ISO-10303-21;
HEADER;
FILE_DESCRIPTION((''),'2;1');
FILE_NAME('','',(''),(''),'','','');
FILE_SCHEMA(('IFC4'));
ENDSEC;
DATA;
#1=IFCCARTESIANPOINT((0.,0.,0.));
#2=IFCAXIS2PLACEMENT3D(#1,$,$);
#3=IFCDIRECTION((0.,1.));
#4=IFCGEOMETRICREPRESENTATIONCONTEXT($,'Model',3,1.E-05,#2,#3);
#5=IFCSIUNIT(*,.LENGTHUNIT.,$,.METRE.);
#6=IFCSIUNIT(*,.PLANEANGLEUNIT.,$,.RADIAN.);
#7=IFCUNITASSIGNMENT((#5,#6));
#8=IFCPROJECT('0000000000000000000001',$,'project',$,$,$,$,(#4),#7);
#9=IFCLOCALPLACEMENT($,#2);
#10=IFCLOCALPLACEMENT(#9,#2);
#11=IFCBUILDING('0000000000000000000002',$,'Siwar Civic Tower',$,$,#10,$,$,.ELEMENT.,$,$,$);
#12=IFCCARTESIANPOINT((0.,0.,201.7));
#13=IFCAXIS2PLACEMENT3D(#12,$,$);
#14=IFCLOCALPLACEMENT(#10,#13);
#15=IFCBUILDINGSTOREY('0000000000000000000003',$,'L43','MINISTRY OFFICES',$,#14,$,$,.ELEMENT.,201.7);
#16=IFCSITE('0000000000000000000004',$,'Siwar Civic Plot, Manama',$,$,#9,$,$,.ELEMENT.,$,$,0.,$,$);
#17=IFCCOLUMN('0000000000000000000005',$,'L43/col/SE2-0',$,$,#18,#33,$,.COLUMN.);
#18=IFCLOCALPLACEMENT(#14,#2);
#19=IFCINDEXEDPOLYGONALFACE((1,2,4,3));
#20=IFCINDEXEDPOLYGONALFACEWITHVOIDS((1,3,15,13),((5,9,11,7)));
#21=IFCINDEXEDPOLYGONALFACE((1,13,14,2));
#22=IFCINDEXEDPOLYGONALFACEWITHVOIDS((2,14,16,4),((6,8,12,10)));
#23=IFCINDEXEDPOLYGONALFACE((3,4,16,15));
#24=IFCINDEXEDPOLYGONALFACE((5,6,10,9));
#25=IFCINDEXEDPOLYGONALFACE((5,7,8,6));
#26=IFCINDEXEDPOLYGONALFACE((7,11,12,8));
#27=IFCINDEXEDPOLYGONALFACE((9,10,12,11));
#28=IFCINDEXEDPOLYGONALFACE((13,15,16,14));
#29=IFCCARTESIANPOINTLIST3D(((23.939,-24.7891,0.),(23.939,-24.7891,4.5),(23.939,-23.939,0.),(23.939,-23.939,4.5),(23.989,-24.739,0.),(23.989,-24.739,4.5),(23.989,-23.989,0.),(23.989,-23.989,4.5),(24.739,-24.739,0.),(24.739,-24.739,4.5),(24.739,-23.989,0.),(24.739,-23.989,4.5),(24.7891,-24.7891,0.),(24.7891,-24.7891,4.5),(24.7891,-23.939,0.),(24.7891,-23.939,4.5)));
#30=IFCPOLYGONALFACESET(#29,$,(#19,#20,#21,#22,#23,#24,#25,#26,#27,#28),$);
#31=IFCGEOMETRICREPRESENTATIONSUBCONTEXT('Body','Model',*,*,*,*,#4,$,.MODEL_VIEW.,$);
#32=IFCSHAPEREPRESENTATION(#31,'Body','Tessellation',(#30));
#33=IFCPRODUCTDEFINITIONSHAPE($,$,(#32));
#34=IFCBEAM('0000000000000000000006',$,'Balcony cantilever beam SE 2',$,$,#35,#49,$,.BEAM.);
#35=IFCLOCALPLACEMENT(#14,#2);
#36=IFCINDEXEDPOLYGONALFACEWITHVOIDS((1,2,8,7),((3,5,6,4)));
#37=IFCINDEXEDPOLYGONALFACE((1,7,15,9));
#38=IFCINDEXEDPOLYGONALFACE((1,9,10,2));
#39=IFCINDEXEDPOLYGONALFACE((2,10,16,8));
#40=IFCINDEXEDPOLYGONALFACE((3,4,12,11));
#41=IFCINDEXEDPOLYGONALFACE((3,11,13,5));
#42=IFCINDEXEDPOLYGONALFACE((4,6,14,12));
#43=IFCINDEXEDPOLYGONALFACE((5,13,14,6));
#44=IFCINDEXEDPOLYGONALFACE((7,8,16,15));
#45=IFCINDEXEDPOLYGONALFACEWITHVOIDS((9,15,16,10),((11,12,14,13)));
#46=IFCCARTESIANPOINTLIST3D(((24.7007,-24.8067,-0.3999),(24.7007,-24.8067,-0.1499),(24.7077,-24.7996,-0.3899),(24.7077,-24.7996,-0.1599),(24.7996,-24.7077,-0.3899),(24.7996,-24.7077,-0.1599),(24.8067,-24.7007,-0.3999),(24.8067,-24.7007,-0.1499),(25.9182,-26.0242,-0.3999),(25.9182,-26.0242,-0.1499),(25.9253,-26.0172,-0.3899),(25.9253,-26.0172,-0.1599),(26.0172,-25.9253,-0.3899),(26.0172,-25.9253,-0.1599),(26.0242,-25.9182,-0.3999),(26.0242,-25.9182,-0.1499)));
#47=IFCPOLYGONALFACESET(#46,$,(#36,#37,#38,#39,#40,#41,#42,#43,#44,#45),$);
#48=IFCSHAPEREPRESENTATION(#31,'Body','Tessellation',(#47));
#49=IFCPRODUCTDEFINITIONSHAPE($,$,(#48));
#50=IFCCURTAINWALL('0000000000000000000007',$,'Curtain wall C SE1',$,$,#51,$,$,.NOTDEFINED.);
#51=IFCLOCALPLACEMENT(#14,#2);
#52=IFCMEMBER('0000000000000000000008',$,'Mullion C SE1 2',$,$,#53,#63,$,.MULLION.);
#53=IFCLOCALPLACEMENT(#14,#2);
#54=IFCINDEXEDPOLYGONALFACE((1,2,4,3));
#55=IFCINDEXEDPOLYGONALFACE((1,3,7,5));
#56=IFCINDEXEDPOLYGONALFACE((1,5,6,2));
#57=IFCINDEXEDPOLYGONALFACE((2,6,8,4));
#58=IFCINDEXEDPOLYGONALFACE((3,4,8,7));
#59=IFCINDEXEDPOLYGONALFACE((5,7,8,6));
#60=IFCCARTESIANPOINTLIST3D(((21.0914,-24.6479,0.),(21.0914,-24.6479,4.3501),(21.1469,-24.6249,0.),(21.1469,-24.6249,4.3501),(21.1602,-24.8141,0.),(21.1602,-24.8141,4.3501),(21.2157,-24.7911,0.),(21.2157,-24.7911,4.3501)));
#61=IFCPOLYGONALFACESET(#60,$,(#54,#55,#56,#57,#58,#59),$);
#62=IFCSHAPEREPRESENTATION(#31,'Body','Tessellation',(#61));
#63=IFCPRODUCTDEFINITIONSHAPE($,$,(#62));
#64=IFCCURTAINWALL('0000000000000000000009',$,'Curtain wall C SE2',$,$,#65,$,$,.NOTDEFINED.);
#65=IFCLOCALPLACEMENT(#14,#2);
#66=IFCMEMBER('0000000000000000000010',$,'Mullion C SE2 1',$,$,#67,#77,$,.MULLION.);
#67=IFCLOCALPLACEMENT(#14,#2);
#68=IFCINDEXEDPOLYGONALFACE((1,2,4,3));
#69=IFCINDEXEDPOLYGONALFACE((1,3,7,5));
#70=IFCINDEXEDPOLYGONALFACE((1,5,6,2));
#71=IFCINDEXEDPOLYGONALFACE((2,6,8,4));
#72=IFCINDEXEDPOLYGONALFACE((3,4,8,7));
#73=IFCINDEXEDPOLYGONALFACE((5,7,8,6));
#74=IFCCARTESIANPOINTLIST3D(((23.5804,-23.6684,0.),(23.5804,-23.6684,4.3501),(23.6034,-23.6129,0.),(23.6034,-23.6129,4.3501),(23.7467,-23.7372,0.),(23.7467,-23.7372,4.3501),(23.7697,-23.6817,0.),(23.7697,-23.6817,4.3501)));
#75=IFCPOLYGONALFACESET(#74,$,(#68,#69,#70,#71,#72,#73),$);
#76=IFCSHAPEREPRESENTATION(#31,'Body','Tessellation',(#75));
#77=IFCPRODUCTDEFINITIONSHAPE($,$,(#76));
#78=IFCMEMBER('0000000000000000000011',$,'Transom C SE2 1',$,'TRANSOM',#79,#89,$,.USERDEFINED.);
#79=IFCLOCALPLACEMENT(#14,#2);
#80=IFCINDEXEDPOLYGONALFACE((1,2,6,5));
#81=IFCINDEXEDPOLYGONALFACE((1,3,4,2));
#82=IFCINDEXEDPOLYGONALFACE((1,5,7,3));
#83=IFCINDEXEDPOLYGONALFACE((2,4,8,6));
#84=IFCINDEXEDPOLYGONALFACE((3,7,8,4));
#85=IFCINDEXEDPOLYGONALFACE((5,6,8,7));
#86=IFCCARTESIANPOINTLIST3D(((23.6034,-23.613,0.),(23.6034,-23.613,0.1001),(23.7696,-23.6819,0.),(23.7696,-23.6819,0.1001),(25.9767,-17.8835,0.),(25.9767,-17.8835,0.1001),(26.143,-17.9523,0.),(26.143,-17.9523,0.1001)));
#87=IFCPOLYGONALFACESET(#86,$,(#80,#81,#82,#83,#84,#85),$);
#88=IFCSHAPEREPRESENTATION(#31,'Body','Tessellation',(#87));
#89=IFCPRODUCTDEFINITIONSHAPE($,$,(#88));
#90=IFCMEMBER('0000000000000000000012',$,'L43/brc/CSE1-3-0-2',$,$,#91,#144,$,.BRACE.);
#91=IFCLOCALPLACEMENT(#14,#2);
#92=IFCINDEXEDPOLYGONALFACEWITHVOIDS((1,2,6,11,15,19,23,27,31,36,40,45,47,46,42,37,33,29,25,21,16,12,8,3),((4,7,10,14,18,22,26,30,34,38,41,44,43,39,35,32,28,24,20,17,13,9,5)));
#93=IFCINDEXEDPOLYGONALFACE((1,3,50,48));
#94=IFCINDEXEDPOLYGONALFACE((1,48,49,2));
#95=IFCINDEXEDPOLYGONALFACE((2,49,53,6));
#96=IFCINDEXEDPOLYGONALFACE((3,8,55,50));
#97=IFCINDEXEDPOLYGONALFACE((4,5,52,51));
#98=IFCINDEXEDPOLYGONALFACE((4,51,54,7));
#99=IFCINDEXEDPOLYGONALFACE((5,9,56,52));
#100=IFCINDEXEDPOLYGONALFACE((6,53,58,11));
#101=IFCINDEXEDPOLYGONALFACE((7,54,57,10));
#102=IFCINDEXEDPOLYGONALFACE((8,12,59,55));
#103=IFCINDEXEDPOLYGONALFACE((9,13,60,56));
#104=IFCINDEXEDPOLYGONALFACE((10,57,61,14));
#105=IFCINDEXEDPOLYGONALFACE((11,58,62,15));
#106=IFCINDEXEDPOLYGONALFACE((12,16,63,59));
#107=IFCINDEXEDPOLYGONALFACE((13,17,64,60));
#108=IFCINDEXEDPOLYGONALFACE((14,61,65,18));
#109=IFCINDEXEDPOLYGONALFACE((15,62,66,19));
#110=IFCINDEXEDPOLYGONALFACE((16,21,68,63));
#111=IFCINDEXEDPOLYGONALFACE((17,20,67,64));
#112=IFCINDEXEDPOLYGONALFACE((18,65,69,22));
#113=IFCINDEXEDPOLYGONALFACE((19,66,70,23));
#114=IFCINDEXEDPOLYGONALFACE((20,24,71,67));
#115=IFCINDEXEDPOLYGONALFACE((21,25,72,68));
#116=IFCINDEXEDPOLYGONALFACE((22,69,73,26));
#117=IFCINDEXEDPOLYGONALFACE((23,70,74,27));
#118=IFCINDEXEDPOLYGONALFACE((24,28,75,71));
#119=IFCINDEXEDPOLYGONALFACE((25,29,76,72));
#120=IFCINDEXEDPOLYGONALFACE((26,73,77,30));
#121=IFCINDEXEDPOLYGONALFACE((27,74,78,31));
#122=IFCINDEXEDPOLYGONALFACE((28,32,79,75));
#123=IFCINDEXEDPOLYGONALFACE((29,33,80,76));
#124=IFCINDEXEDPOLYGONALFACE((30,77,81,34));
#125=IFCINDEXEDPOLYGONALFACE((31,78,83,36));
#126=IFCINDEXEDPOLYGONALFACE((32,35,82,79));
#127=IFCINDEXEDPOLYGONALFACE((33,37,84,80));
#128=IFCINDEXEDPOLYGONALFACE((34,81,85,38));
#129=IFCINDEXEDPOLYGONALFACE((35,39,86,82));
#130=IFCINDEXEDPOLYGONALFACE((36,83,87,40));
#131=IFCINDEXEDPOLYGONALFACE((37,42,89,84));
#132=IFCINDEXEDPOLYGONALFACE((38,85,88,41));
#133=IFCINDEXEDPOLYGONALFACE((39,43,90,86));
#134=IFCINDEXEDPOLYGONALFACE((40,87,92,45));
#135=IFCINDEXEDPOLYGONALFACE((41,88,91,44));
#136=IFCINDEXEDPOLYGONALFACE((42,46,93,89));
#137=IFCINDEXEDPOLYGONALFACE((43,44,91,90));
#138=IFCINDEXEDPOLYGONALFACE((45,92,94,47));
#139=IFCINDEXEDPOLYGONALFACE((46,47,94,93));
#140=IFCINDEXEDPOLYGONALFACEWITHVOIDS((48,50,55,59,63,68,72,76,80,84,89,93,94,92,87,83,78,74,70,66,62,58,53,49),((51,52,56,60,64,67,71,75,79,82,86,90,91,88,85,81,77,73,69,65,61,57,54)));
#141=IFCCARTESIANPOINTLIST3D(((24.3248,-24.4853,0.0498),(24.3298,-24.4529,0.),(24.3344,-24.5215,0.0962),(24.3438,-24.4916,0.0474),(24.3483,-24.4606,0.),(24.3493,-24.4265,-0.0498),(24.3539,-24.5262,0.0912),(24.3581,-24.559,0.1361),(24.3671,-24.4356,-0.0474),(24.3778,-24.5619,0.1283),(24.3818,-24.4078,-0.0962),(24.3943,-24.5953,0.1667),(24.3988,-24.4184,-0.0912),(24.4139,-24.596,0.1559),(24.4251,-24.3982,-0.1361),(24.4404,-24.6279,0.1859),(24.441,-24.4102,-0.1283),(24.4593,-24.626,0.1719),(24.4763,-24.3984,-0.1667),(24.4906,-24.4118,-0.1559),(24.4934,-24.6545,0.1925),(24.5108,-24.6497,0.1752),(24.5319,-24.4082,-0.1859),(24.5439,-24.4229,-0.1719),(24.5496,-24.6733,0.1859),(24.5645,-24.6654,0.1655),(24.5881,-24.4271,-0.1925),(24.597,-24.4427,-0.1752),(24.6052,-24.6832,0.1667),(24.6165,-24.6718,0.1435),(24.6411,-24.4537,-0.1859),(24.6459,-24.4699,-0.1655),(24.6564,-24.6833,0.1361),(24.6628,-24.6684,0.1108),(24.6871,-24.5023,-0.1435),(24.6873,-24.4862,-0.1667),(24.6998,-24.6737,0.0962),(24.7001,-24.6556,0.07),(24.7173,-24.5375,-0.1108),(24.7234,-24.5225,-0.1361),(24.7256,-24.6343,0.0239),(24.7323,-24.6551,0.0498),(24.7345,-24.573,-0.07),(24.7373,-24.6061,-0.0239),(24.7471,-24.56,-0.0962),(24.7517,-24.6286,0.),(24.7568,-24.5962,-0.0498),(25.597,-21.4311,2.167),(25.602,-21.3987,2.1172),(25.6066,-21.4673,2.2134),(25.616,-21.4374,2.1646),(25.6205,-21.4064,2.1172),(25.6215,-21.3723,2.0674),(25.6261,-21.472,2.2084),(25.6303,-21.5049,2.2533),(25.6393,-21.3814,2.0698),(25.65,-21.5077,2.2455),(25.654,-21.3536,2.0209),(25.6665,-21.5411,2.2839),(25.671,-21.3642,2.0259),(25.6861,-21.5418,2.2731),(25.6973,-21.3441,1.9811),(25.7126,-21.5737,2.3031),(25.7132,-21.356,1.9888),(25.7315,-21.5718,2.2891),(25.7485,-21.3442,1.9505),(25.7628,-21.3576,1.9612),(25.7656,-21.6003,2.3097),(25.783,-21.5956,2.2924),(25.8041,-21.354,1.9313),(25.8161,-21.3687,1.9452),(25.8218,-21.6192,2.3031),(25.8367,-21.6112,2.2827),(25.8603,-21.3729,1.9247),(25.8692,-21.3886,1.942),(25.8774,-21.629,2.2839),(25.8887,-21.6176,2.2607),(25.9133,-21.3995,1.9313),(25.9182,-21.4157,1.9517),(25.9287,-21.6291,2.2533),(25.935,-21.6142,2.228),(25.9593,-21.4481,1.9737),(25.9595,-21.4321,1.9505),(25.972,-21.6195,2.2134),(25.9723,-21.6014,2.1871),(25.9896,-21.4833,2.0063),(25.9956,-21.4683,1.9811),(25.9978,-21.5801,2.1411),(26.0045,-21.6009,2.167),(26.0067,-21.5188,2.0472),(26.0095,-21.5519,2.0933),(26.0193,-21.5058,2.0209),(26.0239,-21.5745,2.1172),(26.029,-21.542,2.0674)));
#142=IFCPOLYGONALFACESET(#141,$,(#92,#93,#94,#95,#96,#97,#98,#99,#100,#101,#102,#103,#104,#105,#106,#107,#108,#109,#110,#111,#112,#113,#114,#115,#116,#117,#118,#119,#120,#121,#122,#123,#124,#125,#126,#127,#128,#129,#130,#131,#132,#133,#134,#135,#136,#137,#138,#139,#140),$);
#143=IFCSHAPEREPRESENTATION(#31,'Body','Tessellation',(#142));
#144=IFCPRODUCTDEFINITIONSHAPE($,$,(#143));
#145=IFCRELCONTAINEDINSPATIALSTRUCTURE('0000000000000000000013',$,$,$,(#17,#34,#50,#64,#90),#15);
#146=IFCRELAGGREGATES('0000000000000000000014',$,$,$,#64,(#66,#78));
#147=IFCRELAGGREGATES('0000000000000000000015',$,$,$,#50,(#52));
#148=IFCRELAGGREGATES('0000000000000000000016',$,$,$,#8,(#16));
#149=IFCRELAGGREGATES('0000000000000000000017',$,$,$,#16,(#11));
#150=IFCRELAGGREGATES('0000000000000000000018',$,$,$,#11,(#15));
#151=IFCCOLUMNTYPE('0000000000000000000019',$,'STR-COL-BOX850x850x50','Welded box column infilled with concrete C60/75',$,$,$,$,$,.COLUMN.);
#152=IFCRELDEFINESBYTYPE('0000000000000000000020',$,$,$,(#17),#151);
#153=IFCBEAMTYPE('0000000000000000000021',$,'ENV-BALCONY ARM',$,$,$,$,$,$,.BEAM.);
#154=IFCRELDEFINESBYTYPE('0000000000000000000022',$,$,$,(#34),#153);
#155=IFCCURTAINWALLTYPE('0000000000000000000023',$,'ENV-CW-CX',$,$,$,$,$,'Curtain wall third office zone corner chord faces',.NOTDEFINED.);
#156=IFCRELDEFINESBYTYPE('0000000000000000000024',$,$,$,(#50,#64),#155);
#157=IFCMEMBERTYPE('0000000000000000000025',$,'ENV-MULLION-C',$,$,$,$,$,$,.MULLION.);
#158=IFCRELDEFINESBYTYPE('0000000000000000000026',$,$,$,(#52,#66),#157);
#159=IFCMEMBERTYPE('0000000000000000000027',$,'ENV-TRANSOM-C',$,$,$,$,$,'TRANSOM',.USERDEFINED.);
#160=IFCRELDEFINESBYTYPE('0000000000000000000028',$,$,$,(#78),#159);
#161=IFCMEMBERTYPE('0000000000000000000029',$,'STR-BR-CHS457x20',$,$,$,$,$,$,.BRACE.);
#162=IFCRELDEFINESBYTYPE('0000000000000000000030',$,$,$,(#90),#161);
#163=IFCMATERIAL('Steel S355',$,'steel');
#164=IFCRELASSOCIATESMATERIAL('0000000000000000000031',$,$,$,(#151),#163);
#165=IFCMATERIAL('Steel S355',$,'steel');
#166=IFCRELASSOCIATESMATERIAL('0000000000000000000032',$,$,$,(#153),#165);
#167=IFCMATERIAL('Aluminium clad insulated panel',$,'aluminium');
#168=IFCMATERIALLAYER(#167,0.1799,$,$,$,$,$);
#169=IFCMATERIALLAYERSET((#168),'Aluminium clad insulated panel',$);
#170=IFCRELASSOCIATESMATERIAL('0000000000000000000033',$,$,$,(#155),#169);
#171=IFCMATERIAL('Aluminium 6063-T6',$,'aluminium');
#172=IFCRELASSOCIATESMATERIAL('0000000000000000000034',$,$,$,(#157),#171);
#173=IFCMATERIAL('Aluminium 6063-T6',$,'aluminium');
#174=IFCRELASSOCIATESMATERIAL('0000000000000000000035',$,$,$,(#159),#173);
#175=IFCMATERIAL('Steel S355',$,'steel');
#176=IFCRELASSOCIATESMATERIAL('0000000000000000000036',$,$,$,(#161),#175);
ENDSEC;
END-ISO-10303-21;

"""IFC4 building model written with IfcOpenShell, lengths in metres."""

from ifc_helpers import new_model, si_unit, direction, frame, origin, origin_2d, place, context, subcontext, project, spatial, rectangle, hollow_rectangle, hollow_circle, extrude, material, layer, layer_set, material_profile, profile_set, type_object, element, aggregate, save


model = new_model("IFC4")

# Units and contexts
model_context = context("Model", 3, precision=1e-05, world=origin(), true_north=direction((0.0, 1.0)))
body_context = subcontext(model_context, "Body", "Model", "MODEL_VIEW")
ifc_project = project(units=[si_unit("LENGTHUNIT", "METRE"), si_unit("PLANEANGLEUNIT", "RADIAN")], contexts=[model_context])

# Site, building, storey
site_placement = place(None, origin())
site = spatial("IfcSite", under=ifc_project, at=site_placement, Name="Siwar Civic Plot, Manama", CompositionType="ELEMENT", RefElevation=0.0)
building_placement = place(site_placement, origin())
building = spatial("IfcBuilding", under=site, at=building_placement, Name="Siwar Civic Tower", CompositionType="ELEMENT")
storey_placement = place(building_placement, frame((0.0, 0.0, 201.7)))
storey = spatial("IfcBuildingStorey", under=building, at=storey_placement, Name="L43", Description="MINISTRY OFFICES", CompositionType="ELEMENT", Elevation=201.7)

# Column
ifc_material_1 = material(Name="Steel S355", Category="steel")
ifc_material_profile_1 = material_profile(ifc_material_1, hollow_rectangle(XDim=0.8501, YDim=0.8501, WallThickness=0.05, at=origin_2d()), Name="BOX850x850x50")
ifc_profile_set_1 = profile_set([ifc_material_profile_1], Name="Steel S355")
column_type = type_object("IfcColumnType", Name="STR-COL-BOX850x850x50", Description="Welded box column infilled with concrete C60/75", PredefinedType="COLUMN", material=ifc_profile_set_1)
column_placement = place(storey_placement, frame((24.364, -24.364, 0.0), z_axis=(0.0, 0.0, 1.0), x_axis=(1.0, 0.0, 0.0)))
element("IfcColumn", 1, at=column_placement, inside=storey, type_object=column_type, Name="L43/col/SE2-0", PredefinedType="COLUMN", context=body_context, shape_type="SweptSolid", body=[
    extrude(hollow_rectangle(XDim=0.8501, YDim=0.8501, WallThickness=0.05, at=origin_2d()), origin(), (0.0, 0.0, 1.0), 4.5),
])

# Beam
ifc_material_2 = material(Name="Steel S355", Category="steel")
ifc_material_profile_2 = material_profile(ifc_material_2, hollow_rectangle(XDim=0.1499, YDim=0.25, WallThickness=0.01, at=origin_2d()), Name="RHS250x150x10")
ifc_profile_set_2 = profile_set([ifc_material_profile_2], Name="Steel S355")
beam_type_1 = type_object("IfcBeamType", Name="ENV-BALCONY ARM", PredefinedType="BEAM", material=ifc_profile_set_2)
beam_1_placement = place(storey_placement, frame((24.7537, -24.7537, -0.2749), z_axis=(0.707107, -0.707107, 0.0), x_axis=(0.707107, 0.707107, 0.0)))
element("IfcBeam", 2, at=beam_1_placement, inside=storey, type_object=beam_type_1, Name="Balcony cantilever beam SE 2", PredefinedType="BEAM", context=body_context, shape_type="SweptSolid", body=[
    extrude(hollow_rectangle(XDim=0.1499, YDim=0.25, WallThickness=0.01, at=origin_2d()), origin(), (0.0, 0.0, 1.0), 1.7219),
])

# Curtain wall, member
ifc_material_3 = material(Name="Aluminium clad insulated panel", Category="aluminium")
ifc_layer_1 = layer(ifc_material_3, 0.1799)
ifc_layer_set_1 = layer_set([ifc_layer_1], Name="Aluminium clad insulated panel")
curtain_wall_type = type_object("IfcCurtainWallType", Name="ENV-CW-CX", ElementType="Curtain wall third office zone corner chord faces", PredefinedType="NOTDEFINED", material=ifc_layer_set_1)
curtain_wall_1_placement = place(storey_placement, origin())
curtain_wall_1 = element("IfcCurtainWall", 3, at=curtain_wall_1_placement, inside=storey, type_object=curtain_wall_type, Name="Curtain wall C SE1", PredefinedType="NOTDEFINED")
ifc_material_4 = material(Name="Aluminium 6063-T6", Category="aluminium")
ifc_material_profile_3 = material_profile(ifc_material_4, rectangle(XDim=0.1799, YDim=0.0601, at=origin_2d()), Name="AL 180x60")
ifc_profile_set_3 = profile_set([ifc_material_profile_3], Name="Aluminium 6063-T6")
member_type_1 = type_object("IfcMemberType", Name="ENV-MULLION-C", PredefinedType="MULLION", material=ifc_profile_set_3)
member_1_placement = place(storey_placement, frame((21.1536, -24.7195, 0.0), z_axis=(0.0, 0.0, 1.0), x_axis=(-0.382683, 0.92388, 0.0)))
member_1 = element("IfcMember", 4, at=member_1_placement, type_object=member_type_1, Name="Mullion C SE1 2", PredefinedType="MULLION", context=body_context, shape_type="SweptSolid", body=[
    extrude(rectangle(XDim=0.1799, YDim=0.0601, at=origin_2d()), origin(), (0.0, 0.0, 1.0), 4.3501),
])

# Curtain wall, members
curtain_wall_2_placement = place(storey_placement, origin())
curtain_wall_2 = element("IfcCurtainWall", 5, at=curtain_wall_2_placement, inside=storey, type_object=curtain_wall_type, Name="Curtain wall C SE2", PredefinedType="NOTDEFINED")
member_2_placement = place(storey_placement, frame((23.675, -23.675, 0.0), z_axis=(0.0, 0.0, 1.0), x_axis=(-0.92388, 0.382683, 0.0)))
member_2 = element("IfcMember", 6, at=member_2_placement, type_object=member_type_1, Name="Mullion C SE2 1", PredefinedType="MULLION", context=body_context, shape_type="SweptSolid", body=[
    extrude(rectangle(XDim=0.1799, YDim=0.0601, at=origin_2d()), origin(), (0.0, 0.0, 1.0), 4.3501),
])
ifc_material_5 = material(Name="Aluminium 6063-T6", Category="aluminium")
ifc_material_profile_4 = material_profile(ifc_material_5, rectangle(XDim=0.1799, YDim=0.1001, at=origin_2d()), Name="AL 180x100")
ifc_profile_set_4 = profile_set([ifc_material_profile_4], Name="Aluminium 6063-T6")
member_type_2 = type_object("IfcMemberType", Name="ENV-TRANSOM-C", ElementType="TRANSOM", PredefinedType="USERDEFINED", material=ifc_profile_set_4)
member_3_placement = place(storey_placement, frame((23.6865, -23.6475, 0.05), z_axis=(0.382691, 0.923876, 0.0), x_axis=(-0.923876, 0.382691, 0.0)))
member_3 = element("IfcMember", 7, at=member_3_placement, type_object=member_type_2, Name="Transom C SE2 1", ObjectType="TRANSOM", PredefinedType="USERDEFINED", context=body_context, shape_type="SweptSolid", body=[
    extrude(rectangle(XDim=0.1799, YDim=0.1001, at=origin_2d()), origin(), (0.0, 0.0, 1.0), 6.2017),
])
aggregate(curtain_wall_2, [member_2, member_3])

# Member
ifc_material_6 = material(Name="Steel S355", Category="steel")
ifc_material_profile_5 = material_profile(ifc_material_6, hollow_circle(Radius=0.2285, WallThickness=0.02, at=origin_2d()), Name="CHS457x20")
ifc_profile_set_5 = profile_set([ifc_material_profile_5], Name="Steel S355")
member_type_3 = type_object("IfcMemberType", Name="STR-BR-CHS457x20", PredefinedType="BRACE", material=ifc_profile_set_5)
for number, where, z_axis, x_axis, name in (
    (8, (24.5408, -24.5408, 0.0), (0.323884, 0.777546, 0.538999), (-0.923116, 0.384521, 0.0), "L43/brc/CSE1-3-0-2"),
):
    element("IfcMember", number, at=place(storey_placement, frame(where, z_axis=z_axis, x_axis=x_axis)), inside=storey, type_object=member_type_3, Name=name, PredefinedType="BRACE", context=body_context, shape_type="SweptSolid", body=[
        extrude(hollow_circle(Radius=0.2285, WallThickness=0.02, at=origin_2d()), origin(), (0.0, 0.0, 1.0), 3.928),
    ])

aggregate(curtain_wall_1, [member_1])

save(model, "model.ifc")
